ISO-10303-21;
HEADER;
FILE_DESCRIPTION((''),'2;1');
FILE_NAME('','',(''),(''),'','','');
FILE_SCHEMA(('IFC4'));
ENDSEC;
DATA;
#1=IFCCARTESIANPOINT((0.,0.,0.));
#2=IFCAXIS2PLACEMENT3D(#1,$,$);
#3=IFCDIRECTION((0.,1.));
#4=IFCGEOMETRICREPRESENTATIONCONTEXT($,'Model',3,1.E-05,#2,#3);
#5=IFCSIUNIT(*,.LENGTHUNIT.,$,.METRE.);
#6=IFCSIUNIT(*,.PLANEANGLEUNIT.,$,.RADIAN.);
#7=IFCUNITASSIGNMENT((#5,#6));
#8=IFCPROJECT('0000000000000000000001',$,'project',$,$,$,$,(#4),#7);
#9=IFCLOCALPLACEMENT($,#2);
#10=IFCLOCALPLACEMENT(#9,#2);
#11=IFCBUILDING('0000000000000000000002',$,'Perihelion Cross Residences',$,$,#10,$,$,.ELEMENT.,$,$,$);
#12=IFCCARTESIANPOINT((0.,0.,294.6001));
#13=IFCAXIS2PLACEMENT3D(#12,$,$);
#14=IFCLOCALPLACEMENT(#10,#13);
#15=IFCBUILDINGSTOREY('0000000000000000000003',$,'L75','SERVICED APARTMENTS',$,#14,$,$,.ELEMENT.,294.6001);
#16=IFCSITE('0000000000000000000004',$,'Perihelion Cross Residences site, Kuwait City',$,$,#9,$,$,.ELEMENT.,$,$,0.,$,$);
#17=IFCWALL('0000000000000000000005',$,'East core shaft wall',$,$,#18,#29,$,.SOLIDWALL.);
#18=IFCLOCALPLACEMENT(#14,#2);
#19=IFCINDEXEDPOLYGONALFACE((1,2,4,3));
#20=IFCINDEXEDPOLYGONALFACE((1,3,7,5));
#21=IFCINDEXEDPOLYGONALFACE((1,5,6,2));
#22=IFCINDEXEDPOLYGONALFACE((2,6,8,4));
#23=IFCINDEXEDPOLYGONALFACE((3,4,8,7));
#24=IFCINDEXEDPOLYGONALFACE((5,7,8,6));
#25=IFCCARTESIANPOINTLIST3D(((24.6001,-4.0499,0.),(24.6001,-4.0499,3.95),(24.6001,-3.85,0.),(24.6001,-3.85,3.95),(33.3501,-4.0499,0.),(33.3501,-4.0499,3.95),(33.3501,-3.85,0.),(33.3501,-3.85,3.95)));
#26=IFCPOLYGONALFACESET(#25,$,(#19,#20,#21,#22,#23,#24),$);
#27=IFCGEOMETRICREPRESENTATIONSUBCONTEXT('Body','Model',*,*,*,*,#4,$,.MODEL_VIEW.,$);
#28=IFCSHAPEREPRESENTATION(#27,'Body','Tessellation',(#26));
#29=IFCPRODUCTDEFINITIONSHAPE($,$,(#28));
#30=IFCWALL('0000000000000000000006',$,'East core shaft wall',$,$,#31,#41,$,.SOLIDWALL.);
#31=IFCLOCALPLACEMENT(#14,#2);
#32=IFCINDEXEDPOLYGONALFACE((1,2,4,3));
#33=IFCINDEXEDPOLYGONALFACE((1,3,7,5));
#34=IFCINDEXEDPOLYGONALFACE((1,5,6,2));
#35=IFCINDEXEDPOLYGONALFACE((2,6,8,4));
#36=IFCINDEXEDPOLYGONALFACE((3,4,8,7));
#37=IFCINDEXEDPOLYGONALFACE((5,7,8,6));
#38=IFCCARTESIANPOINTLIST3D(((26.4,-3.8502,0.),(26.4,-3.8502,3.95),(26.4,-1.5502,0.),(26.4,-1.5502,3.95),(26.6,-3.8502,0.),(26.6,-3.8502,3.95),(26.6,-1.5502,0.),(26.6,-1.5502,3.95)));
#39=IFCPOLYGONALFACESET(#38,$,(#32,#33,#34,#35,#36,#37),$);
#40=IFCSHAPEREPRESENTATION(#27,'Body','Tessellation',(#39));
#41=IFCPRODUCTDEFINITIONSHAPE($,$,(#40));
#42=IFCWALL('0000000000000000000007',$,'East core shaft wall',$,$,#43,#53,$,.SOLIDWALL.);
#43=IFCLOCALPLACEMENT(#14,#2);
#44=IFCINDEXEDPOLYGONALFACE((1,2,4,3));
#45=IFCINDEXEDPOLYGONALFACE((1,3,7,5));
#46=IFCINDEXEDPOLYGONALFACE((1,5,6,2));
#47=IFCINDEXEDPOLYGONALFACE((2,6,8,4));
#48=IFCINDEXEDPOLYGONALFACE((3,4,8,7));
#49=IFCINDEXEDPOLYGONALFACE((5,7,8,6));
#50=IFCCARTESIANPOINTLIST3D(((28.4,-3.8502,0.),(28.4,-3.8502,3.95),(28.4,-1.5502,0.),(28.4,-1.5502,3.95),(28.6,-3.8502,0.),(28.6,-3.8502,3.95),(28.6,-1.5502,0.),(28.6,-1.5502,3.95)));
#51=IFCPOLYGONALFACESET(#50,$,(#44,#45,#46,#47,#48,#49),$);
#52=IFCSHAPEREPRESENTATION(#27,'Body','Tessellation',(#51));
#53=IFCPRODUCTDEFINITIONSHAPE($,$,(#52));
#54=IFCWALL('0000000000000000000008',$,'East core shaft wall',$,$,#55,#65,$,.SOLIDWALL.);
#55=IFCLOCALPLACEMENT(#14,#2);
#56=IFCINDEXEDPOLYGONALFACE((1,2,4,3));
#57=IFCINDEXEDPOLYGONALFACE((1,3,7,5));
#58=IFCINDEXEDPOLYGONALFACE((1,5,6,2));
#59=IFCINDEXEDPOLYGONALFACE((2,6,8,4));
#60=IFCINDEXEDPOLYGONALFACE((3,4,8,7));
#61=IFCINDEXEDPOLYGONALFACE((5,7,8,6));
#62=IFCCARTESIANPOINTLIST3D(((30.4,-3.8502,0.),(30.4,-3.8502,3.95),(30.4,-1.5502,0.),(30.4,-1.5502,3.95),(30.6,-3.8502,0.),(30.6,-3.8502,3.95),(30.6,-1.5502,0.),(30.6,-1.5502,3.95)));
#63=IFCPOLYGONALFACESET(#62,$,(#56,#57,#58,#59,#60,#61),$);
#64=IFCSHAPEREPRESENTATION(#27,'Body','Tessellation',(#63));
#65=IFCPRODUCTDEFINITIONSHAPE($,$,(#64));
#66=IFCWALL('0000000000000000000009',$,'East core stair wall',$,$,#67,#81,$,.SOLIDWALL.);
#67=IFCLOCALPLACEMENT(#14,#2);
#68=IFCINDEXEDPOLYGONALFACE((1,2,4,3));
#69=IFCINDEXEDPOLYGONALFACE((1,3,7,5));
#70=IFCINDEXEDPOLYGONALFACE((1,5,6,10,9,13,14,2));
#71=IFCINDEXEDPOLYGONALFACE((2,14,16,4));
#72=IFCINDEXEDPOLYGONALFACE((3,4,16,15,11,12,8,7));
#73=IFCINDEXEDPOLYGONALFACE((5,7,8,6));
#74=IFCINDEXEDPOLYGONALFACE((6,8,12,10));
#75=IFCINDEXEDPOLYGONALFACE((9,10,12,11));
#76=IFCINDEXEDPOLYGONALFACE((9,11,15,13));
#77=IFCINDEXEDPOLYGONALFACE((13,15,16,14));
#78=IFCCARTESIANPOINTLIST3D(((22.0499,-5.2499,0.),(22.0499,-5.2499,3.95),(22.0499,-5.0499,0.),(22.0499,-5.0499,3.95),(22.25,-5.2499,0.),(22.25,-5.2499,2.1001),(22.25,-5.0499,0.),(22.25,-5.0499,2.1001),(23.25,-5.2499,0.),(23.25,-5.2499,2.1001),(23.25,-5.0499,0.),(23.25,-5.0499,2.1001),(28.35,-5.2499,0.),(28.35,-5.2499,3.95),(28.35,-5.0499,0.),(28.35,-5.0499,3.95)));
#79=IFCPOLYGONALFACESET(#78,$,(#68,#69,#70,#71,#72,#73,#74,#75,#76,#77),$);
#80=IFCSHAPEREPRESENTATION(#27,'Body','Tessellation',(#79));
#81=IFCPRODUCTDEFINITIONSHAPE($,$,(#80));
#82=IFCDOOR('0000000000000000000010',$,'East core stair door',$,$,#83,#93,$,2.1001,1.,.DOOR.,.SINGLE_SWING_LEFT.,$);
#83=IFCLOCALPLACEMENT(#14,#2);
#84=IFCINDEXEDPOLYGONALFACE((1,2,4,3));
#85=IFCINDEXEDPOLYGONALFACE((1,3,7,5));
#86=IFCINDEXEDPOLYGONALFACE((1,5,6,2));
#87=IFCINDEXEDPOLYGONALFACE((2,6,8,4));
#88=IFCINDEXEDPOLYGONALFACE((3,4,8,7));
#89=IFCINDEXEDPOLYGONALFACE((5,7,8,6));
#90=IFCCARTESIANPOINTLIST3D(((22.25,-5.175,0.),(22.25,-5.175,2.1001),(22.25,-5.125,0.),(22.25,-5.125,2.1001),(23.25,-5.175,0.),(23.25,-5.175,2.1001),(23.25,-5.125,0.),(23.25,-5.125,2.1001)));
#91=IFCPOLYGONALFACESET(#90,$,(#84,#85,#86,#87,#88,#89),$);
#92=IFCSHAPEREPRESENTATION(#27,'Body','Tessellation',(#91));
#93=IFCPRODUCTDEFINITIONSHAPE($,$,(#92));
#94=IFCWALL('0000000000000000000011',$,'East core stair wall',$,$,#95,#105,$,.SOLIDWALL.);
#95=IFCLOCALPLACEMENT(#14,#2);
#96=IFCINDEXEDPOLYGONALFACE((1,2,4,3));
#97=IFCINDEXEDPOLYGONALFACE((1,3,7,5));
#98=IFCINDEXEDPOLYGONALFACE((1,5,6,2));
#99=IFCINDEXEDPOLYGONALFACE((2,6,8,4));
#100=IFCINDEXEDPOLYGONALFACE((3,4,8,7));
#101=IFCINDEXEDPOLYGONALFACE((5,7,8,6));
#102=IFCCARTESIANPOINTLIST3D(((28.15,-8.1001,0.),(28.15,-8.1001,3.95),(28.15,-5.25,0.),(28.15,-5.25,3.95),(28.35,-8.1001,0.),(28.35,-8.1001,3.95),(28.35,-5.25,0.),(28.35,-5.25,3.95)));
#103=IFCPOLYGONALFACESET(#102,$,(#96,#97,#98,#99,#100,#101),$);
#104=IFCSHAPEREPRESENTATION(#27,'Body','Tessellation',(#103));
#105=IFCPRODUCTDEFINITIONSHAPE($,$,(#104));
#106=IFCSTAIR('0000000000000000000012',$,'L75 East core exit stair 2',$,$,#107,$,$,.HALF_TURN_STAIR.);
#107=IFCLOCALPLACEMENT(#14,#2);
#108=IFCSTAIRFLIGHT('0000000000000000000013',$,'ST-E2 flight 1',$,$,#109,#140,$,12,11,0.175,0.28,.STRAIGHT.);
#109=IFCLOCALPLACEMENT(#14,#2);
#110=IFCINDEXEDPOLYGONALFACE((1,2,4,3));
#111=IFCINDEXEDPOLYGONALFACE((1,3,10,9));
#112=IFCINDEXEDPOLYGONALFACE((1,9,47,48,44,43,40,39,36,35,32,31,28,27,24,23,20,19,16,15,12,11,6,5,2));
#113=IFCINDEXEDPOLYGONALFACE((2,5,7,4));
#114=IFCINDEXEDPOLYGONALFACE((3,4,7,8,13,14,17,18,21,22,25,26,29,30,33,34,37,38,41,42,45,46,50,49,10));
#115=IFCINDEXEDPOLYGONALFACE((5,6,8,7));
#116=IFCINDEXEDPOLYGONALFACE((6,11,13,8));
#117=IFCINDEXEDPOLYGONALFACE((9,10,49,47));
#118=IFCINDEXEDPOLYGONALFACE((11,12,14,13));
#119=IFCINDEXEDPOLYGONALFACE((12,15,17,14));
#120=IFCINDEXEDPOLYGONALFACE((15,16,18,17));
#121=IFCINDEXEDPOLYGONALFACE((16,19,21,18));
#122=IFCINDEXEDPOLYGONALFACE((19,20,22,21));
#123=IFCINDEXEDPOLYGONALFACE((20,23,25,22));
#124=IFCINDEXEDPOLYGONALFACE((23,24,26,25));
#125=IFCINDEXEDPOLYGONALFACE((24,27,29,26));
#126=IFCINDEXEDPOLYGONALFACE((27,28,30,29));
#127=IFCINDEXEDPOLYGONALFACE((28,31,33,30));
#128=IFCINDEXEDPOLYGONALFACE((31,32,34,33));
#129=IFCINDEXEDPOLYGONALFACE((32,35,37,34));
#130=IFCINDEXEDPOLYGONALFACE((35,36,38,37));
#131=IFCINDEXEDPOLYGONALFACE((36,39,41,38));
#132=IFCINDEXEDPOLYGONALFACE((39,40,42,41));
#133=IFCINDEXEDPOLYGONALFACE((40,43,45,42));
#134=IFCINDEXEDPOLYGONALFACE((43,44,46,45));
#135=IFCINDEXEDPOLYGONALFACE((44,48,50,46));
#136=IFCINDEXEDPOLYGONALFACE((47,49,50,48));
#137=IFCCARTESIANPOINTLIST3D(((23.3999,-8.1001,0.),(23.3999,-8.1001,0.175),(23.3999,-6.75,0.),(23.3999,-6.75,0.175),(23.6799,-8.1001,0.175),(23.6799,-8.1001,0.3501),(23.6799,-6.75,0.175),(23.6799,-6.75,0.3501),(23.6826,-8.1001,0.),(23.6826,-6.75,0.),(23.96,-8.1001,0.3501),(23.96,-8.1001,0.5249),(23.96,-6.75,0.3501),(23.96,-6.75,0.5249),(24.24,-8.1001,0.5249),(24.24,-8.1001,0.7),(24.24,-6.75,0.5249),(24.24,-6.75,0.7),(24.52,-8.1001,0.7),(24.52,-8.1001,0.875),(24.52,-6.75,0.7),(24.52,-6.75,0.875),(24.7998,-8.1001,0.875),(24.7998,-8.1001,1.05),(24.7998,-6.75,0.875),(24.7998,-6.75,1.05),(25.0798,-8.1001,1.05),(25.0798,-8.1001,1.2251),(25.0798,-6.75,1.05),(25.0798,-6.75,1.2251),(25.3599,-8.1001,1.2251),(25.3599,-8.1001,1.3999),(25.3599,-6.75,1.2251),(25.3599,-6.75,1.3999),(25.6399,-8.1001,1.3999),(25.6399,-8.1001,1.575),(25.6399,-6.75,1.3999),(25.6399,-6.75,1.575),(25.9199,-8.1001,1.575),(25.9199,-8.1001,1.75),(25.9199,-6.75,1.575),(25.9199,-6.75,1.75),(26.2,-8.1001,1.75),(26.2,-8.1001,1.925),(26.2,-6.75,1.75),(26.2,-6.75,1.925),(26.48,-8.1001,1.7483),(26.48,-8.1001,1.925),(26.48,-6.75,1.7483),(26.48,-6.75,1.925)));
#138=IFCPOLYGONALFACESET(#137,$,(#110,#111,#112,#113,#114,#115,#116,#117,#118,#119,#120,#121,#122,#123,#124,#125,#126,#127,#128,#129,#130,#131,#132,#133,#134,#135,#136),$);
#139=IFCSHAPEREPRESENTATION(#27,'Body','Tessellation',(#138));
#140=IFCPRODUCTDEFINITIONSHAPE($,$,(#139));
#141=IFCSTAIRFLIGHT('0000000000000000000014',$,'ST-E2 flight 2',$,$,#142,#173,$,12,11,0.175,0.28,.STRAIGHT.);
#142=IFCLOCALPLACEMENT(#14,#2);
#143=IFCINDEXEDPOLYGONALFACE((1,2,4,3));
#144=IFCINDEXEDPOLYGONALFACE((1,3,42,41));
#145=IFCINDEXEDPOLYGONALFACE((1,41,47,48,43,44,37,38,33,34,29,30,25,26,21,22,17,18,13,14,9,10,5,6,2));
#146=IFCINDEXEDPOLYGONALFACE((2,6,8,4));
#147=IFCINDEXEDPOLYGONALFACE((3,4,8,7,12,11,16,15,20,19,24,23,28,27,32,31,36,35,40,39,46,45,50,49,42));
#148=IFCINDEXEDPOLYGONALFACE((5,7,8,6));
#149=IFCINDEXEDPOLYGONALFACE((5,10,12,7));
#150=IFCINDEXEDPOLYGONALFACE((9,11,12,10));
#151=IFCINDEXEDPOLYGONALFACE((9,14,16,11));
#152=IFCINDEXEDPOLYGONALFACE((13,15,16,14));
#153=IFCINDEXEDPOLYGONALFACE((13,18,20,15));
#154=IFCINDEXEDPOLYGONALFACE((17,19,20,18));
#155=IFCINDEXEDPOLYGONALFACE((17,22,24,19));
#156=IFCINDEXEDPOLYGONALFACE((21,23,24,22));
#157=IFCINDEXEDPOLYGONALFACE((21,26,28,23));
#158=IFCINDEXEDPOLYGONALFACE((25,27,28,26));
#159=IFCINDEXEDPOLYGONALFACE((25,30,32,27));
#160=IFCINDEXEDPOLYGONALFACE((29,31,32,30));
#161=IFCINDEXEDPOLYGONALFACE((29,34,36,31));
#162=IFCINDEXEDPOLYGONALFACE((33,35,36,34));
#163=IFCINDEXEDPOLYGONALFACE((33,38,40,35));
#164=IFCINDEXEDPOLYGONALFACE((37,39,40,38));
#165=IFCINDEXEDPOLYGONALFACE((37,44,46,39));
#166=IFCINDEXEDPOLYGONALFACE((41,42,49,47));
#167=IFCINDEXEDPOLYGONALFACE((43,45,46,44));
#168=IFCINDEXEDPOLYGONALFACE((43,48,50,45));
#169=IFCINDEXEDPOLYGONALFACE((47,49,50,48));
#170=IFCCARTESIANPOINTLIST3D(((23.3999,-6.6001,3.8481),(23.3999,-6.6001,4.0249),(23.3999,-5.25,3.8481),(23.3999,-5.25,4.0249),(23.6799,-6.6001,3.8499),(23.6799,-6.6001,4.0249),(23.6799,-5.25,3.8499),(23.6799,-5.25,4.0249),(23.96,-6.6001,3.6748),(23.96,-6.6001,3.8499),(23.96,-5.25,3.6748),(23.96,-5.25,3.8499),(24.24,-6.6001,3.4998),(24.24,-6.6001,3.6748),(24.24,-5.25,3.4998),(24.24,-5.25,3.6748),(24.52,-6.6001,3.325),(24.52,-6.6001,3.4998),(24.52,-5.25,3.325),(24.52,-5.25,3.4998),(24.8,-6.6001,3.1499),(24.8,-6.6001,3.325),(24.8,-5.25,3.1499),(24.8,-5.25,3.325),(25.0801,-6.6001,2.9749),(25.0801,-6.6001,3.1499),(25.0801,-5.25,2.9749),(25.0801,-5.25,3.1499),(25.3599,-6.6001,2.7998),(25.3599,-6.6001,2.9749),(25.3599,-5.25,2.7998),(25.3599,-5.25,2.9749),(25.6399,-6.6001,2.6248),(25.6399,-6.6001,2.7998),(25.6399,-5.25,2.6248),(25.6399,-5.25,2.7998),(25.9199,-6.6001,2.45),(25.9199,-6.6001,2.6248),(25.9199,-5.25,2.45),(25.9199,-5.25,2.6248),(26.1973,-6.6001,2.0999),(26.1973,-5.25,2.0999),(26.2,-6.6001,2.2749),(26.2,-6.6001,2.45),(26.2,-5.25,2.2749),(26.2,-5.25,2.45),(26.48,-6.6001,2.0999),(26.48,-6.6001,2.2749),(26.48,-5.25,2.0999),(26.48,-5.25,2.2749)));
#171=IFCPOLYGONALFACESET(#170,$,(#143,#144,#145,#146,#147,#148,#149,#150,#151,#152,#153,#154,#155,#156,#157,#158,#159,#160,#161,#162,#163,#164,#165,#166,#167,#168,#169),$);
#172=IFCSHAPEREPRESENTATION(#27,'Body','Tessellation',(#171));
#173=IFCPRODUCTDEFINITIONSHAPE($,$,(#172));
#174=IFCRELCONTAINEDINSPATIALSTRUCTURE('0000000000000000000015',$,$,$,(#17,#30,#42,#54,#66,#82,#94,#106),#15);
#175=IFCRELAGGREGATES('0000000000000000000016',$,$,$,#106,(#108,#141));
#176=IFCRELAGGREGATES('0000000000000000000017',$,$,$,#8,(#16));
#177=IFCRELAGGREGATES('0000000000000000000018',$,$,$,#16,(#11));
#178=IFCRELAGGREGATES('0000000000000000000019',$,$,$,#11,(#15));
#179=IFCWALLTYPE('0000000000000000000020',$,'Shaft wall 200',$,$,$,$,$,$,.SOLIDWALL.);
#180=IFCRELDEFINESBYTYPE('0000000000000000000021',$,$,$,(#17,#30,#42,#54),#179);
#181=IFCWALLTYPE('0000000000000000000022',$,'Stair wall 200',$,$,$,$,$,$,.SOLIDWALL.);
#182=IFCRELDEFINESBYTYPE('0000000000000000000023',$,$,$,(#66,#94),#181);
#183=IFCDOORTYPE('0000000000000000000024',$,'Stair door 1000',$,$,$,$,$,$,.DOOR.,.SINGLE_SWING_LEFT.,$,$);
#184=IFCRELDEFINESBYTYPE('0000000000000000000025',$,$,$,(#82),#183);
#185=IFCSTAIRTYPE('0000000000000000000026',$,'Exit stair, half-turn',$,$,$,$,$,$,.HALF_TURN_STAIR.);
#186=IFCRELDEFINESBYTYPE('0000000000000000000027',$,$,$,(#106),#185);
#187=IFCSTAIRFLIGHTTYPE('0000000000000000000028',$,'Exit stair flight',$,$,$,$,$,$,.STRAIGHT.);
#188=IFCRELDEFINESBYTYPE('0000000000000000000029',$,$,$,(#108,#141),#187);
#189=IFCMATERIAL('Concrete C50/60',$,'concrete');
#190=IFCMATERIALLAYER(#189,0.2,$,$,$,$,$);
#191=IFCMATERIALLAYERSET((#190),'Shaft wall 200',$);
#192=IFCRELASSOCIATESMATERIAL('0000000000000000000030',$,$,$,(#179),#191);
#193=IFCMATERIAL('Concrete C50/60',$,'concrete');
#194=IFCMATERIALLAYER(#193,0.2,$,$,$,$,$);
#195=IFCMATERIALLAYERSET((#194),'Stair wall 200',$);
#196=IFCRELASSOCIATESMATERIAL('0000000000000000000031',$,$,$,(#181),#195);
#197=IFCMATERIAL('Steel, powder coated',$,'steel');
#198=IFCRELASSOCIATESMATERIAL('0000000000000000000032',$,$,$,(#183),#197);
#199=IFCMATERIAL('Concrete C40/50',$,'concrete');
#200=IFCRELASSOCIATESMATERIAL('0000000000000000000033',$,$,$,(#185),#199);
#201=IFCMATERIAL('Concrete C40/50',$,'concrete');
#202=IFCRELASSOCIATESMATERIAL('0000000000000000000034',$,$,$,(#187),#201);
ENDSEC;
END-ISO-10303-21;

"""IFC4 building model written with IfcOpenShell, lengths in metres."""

from ifc_helpers import new_model, si_unit, direction, frame, frame_2d, origin, place, context, subcontext, project, spatial, polyline, rectangle, outline, extrude, material, layer, layer_set, type_object, element, fill, aggregate, save


model = new_model("IFC4")

# Units and contexts
model_context = context("Model", 3, precision=1e-05, world=origin(), true_north=direction((0.0, 1.0)))
body_context = subcontext(model_context, "Body", "Model", "MODEL_VIEW")
ifc_project = project(units=[si_unit("LENGTHUNIT", "METRE"), si_unit("PLANEANGLEUNIT", "RADIAN")], contexts=[model_context])

# Site, building, storey
site_placement = place(None, origin())
site = spatial("IfcSite", under=ifc_project, at=site_placement, Name="Perihelion Cross Residences site, Kuwait City", CompositionType="ELEMENT", RefElevation=0.0)
building_placement = place(site_placement, origin())
building = spatial("IfcBuilding", under=site, at=building_placement, Name="Perihelion Cross Residences", CompositionType="ELEMENT")
storey_placement = place(building_placement, frame((0.0, 0.0, 294.6001)))
storey = spatial("IfcBuildingStorey", under=building, at=storey_placement, Name="L75", Description="SERVICED APARTMENTS", CompositionType="ELEMENT", Elevation=294.6001)

# Walls
ifc_material_1 = material(Name="Concrete C50/60", Category="concrete")
ifc_layer_1 = layer(ifc_material_1, 0.2)
ifc_layer_set_1 = layer_set([ifc_layer_1], Name="Shaft wall 200")
wall_type_1 = type_object("IfcWallType", Name="Shaft wall 200", PredefinedType="SOLIDWALL", material=ifc_layer_set_1)
wall_1_placement = place(storey_placement, frame((24.6001, -3.95, 0.0), z_axis=(0.0, 0.0, 1.0), x_axis=(1.0, 0.0, 0.0)))
element("IfcWall", 1, at=wall_1_placement, inside=storey, type_object=wall_type_1, Name="East core shaft wall", PredefinedType="SOLIDWALL", context=body_context, shape_type="SweptSolid", body=[
    extrude(rectangle(XDim=8.75, YDim=0.2, at=frame_2d((4.375, 0.0))), origin(), (0.0, 0.0, 1.0), 3.95),
])
for number, where, z_axis, x_axis, name in (
    (2, (26.5, -3.8501, 0.0), (0.0, 0.0, 1.0), (0.0, 1.0, 0.0), "East core shaft wall"),
    (3, (28.5, -3.8501, 0.0), (0.0, 0.0, 1.0), (0.0, 1.0, 0.0), "East core shaft wall"),
    (4, (30.5, -3.8501, 0.0), (0.0, 0.0, 1.0), (0.0, 1.0, 0.0), "East core shaft wall"),
):
    element("IfcWall", number, at=place(storey_placement, frame(where, z_axis=z_axis, x_axis=x_axis)), inside=storey, type_object=wall_type_1, Name=name, PredefinedType="SOLIDWALL", context=body_context, shape_type="SweptSolid", body=[
        extrude(rectangle(XDim=2.3, YDim=0.2, at=frame_2d((1.1499, 0.0))), origin(), (0.0, 0.0, 1.0), 3.95),
    ])

# Wall, opening, door
ifc_material_2 = material(Name="Concrete C50/60", Category="concrete")
ifc_layer_2 = layer(ifc_material_2, 0.2)
ifc_layer_set_2 = layer_set([ifc_layer_2], Name="Stair wall 200")
wall_type_2 = type_object("IfcWallType", Name="Stair wall 200", PredefinedType="SOLIDWALL", material=ifc_layer_set_2)
wall_2_placement = place(storey_placement, frame((22.05, -5.1499, 0.0), z_axis=(0.0, 0.0, 1.0), x_axis=(1.0, 0.0, 0.0)))
wall_2 = element("IfcWall", 5, at=wall_2_placement, inside=storey, type_object=wall_type_2, Name="East core stair wall", PredefinedType="SOLIDWALL", context=body_context, shape_type="SweptSolid", body=[
    extrude(rectangle(XDim=6.3, YDim=0.2, at=frame_2d((3.1499, 0.0))), origin(), (0.0, 0.0, 1.0), 3.95),
])
opening_1_placement = place(wall_2_placement, frame((0.2, 0.0, 0.0)))
opening_1 = element("IfcOpeningElement", 6, at=opening_1_placement, cuts=wall_2, PredefinedType="OPENING", context=body_context, shape_type="SweptSolid", body=[
    extrude(rectangle(XDim=1.0, YDim=2.1001, at=frame_2d((0.5, 1.05))), frame((0.0, 0.1099, 0.0), z_axis=(0.0, -1.0, 0.0), x_axis=(1.0, 0.0, 0.0)), (0.0, 0.0, 1.0), 0.22),
])
ifc_material_3 = material(Name="Steel, powder coated", Category="steel")
door_type_1 = type_object("IfcDoorType", Name="Stair door 1000", OperationType="SINGLE_SWING_LEFT", PredefinedType="DOOR", material=ifc_material_3)
door_1_placement = place(opening_1_placement, origin())
door_1 = element("IfcDoor", 7, at=door_1_placement, inside=storey, type_object=door_type_1, Name="East core stair door", OperationType="SINGLE_SWING_LEFT", OverallHeight=2.1001, OverallWidth=1.0, PredefinedType="DOOR", context=body_context, shape_type="SweptSolid", body=[
    extrude(rectangle(XDim=1.0, YDim=2.1001, at=frame_2d((0.5, 1.05))), frame((0.0, 0.0249, 0.0), z_axis=(0.0, -1.0, 0.0), x_axis=(1.0, 0.0, 0.0)), (0.0, 0.0, 1.0), 0.05),
])
fill(opening_1, door_1)

# Wall
wall_3_placement = place(storey_placement, frame((28.25, -8.1001, 0.0), z_axis=(0.0, 0.0, 1.0), x_axis=(0.0, 1.0, 0.0)))
element("IfcWall", 8, at=wall_3_placement, inside=storey, type_object=wall_type_2, Name="East core stair wall", PredefinedType="SOLIDWALL", context=body_context, shape_type="SweptSolid", body=[
    extrude(rectangle(XDim=2.8501, YDim=0.2, at=frame_2d((1.425, 0.0))), origin(), (0.0, 0.0, 1.0), 3.95),
])

# Stair, stair flights
ifc_material_4 = material(Name="Concrete C40/50", Category="concrete")
stair_type = type_object("IfcStairType", Name="Exit stair, half-turn", PredefinedType="HALF_TURN_STAIR", material=ifc_material_4)
stair_placement = place(storey_placement, origin())
stair = element("IfcStair", 9, at=stair_placement, inside=storey, type_object=stair_type, Name="L75 East core exit stair 2", PredefinedType="HALF_TURN_STAIR")
ifc_material_5 = material(Name="Concrete C40/50", Category="concrete")
stair_flight_type = type_object("IfcStairFlightType", Name="Exit stair flight", PredefinedType="STRAIGHT", material=ifc_material_5)
stair_flight_1_placement = place(storey_placement, frame((23.3999, -7.425, 0.0), z_axis=(0.0, 0.0, 1.0), x_axis=(1.0, 0.0, 0.0)))
stair_flight_1 = element("IfcStairFlight", 10, at=stair_flight_1_placement, type_object=stair_flight_type, Name="ST-E2 flight 1", NumberOfRisers=12, NumberOfTreads=11, PredefinedType="STRAIGHT", RiserHeight=0.175, TreadLength=0.28, context=body_context, shape_type="SweptSolid", body=[
    extrude(outline(polyline([(0.0, 0.0), (0.0, 0.175), (0.28, 0.175), (0.28, 0.3501), (0.5601, 0.3501), (0.5601, 0.5249), (0.8401, 0.5249), (0.8401, 0.7), (1.1201, 0.7), (1.1201, 0.875), (1.3999, 0.875), (1.3999, 1.05), (1.6799, 1.05), (1.6799, 1.2251), (1.96, 1.2251), (1.96, 1.3999), (2.24, 1.3999), (2.24, 1.575), (2.52, 1.575), (2.52, 1.75), (2.8, 1.75), (2.8, 1.925), (3.0801, 1.925), (3.0801, 2.1001), (3.0801, 1.7483), (0.2827, 0.0), (0.0, 0.0)])), frame((0.0, 0.675, 0.0), z_axis=(0.0, -1.0, 0.0), x_axis=(1.0, 0.0, 0.0)), (0.0, 0.0, 1.0), 1.3501),
])
stair_flight_2_placement = place(storey_placement, frame((26.48, -5.925, 2.0999), z_axis=(0.0, 0.0, 1.0), x_axis=(-1.0, 0.0, 0.0)))
stair_flight_2 = element("IfcStairFlight", 11, at=stair_flight_2_placement, type_object=stair_flight_type, Name="ST-E2 flight 2", NumberOfRisers=12, NumberOfTreads=11, PredefinedType="STRAIGHT", RiserHeight=0.175, TreadLength=0.28, context=body_context, shape_type="SweptSolid", body=[
    extrude(outline(polyline([(0.0, 0.0), (0.0, 0.175), (0.28, 0.175), (0.28, 0.3501), (0.5601, 0.3501), (0.5601, 0.5249), (0.8401, 0.5249), (0.8401, 0.7), (1.1201, 0.7), (1.1201, 0.875), (1.3999, 0.875), (1.3999, 1.05), (1.6799, 1.05), (1.6799, 1.2251), (1.96, 1.2251), (1.96, 1.3999), (2.24, 1.3999), (2.24, 1.575), (2.52, 1.575), (2.52, 1.75), (2.8, 1.75), (2.8, 1.925), (3.0801, 1.925), (3.0801, 2.1001), (3.0801, 1.7483), (0.2827, 0.0), (0.0, 0.0)])), frame((0.0, 0.675, 0.0), z_axis=(0.0, -1.0, 0.0), x_axis=(1.0, 0.0, 0.0)), (0.0, 0.0, 1.0), 1.3501),
])
aggregate(stair, [stair_flight_1, stair_flight_2])

save(model, "model.ifc")
